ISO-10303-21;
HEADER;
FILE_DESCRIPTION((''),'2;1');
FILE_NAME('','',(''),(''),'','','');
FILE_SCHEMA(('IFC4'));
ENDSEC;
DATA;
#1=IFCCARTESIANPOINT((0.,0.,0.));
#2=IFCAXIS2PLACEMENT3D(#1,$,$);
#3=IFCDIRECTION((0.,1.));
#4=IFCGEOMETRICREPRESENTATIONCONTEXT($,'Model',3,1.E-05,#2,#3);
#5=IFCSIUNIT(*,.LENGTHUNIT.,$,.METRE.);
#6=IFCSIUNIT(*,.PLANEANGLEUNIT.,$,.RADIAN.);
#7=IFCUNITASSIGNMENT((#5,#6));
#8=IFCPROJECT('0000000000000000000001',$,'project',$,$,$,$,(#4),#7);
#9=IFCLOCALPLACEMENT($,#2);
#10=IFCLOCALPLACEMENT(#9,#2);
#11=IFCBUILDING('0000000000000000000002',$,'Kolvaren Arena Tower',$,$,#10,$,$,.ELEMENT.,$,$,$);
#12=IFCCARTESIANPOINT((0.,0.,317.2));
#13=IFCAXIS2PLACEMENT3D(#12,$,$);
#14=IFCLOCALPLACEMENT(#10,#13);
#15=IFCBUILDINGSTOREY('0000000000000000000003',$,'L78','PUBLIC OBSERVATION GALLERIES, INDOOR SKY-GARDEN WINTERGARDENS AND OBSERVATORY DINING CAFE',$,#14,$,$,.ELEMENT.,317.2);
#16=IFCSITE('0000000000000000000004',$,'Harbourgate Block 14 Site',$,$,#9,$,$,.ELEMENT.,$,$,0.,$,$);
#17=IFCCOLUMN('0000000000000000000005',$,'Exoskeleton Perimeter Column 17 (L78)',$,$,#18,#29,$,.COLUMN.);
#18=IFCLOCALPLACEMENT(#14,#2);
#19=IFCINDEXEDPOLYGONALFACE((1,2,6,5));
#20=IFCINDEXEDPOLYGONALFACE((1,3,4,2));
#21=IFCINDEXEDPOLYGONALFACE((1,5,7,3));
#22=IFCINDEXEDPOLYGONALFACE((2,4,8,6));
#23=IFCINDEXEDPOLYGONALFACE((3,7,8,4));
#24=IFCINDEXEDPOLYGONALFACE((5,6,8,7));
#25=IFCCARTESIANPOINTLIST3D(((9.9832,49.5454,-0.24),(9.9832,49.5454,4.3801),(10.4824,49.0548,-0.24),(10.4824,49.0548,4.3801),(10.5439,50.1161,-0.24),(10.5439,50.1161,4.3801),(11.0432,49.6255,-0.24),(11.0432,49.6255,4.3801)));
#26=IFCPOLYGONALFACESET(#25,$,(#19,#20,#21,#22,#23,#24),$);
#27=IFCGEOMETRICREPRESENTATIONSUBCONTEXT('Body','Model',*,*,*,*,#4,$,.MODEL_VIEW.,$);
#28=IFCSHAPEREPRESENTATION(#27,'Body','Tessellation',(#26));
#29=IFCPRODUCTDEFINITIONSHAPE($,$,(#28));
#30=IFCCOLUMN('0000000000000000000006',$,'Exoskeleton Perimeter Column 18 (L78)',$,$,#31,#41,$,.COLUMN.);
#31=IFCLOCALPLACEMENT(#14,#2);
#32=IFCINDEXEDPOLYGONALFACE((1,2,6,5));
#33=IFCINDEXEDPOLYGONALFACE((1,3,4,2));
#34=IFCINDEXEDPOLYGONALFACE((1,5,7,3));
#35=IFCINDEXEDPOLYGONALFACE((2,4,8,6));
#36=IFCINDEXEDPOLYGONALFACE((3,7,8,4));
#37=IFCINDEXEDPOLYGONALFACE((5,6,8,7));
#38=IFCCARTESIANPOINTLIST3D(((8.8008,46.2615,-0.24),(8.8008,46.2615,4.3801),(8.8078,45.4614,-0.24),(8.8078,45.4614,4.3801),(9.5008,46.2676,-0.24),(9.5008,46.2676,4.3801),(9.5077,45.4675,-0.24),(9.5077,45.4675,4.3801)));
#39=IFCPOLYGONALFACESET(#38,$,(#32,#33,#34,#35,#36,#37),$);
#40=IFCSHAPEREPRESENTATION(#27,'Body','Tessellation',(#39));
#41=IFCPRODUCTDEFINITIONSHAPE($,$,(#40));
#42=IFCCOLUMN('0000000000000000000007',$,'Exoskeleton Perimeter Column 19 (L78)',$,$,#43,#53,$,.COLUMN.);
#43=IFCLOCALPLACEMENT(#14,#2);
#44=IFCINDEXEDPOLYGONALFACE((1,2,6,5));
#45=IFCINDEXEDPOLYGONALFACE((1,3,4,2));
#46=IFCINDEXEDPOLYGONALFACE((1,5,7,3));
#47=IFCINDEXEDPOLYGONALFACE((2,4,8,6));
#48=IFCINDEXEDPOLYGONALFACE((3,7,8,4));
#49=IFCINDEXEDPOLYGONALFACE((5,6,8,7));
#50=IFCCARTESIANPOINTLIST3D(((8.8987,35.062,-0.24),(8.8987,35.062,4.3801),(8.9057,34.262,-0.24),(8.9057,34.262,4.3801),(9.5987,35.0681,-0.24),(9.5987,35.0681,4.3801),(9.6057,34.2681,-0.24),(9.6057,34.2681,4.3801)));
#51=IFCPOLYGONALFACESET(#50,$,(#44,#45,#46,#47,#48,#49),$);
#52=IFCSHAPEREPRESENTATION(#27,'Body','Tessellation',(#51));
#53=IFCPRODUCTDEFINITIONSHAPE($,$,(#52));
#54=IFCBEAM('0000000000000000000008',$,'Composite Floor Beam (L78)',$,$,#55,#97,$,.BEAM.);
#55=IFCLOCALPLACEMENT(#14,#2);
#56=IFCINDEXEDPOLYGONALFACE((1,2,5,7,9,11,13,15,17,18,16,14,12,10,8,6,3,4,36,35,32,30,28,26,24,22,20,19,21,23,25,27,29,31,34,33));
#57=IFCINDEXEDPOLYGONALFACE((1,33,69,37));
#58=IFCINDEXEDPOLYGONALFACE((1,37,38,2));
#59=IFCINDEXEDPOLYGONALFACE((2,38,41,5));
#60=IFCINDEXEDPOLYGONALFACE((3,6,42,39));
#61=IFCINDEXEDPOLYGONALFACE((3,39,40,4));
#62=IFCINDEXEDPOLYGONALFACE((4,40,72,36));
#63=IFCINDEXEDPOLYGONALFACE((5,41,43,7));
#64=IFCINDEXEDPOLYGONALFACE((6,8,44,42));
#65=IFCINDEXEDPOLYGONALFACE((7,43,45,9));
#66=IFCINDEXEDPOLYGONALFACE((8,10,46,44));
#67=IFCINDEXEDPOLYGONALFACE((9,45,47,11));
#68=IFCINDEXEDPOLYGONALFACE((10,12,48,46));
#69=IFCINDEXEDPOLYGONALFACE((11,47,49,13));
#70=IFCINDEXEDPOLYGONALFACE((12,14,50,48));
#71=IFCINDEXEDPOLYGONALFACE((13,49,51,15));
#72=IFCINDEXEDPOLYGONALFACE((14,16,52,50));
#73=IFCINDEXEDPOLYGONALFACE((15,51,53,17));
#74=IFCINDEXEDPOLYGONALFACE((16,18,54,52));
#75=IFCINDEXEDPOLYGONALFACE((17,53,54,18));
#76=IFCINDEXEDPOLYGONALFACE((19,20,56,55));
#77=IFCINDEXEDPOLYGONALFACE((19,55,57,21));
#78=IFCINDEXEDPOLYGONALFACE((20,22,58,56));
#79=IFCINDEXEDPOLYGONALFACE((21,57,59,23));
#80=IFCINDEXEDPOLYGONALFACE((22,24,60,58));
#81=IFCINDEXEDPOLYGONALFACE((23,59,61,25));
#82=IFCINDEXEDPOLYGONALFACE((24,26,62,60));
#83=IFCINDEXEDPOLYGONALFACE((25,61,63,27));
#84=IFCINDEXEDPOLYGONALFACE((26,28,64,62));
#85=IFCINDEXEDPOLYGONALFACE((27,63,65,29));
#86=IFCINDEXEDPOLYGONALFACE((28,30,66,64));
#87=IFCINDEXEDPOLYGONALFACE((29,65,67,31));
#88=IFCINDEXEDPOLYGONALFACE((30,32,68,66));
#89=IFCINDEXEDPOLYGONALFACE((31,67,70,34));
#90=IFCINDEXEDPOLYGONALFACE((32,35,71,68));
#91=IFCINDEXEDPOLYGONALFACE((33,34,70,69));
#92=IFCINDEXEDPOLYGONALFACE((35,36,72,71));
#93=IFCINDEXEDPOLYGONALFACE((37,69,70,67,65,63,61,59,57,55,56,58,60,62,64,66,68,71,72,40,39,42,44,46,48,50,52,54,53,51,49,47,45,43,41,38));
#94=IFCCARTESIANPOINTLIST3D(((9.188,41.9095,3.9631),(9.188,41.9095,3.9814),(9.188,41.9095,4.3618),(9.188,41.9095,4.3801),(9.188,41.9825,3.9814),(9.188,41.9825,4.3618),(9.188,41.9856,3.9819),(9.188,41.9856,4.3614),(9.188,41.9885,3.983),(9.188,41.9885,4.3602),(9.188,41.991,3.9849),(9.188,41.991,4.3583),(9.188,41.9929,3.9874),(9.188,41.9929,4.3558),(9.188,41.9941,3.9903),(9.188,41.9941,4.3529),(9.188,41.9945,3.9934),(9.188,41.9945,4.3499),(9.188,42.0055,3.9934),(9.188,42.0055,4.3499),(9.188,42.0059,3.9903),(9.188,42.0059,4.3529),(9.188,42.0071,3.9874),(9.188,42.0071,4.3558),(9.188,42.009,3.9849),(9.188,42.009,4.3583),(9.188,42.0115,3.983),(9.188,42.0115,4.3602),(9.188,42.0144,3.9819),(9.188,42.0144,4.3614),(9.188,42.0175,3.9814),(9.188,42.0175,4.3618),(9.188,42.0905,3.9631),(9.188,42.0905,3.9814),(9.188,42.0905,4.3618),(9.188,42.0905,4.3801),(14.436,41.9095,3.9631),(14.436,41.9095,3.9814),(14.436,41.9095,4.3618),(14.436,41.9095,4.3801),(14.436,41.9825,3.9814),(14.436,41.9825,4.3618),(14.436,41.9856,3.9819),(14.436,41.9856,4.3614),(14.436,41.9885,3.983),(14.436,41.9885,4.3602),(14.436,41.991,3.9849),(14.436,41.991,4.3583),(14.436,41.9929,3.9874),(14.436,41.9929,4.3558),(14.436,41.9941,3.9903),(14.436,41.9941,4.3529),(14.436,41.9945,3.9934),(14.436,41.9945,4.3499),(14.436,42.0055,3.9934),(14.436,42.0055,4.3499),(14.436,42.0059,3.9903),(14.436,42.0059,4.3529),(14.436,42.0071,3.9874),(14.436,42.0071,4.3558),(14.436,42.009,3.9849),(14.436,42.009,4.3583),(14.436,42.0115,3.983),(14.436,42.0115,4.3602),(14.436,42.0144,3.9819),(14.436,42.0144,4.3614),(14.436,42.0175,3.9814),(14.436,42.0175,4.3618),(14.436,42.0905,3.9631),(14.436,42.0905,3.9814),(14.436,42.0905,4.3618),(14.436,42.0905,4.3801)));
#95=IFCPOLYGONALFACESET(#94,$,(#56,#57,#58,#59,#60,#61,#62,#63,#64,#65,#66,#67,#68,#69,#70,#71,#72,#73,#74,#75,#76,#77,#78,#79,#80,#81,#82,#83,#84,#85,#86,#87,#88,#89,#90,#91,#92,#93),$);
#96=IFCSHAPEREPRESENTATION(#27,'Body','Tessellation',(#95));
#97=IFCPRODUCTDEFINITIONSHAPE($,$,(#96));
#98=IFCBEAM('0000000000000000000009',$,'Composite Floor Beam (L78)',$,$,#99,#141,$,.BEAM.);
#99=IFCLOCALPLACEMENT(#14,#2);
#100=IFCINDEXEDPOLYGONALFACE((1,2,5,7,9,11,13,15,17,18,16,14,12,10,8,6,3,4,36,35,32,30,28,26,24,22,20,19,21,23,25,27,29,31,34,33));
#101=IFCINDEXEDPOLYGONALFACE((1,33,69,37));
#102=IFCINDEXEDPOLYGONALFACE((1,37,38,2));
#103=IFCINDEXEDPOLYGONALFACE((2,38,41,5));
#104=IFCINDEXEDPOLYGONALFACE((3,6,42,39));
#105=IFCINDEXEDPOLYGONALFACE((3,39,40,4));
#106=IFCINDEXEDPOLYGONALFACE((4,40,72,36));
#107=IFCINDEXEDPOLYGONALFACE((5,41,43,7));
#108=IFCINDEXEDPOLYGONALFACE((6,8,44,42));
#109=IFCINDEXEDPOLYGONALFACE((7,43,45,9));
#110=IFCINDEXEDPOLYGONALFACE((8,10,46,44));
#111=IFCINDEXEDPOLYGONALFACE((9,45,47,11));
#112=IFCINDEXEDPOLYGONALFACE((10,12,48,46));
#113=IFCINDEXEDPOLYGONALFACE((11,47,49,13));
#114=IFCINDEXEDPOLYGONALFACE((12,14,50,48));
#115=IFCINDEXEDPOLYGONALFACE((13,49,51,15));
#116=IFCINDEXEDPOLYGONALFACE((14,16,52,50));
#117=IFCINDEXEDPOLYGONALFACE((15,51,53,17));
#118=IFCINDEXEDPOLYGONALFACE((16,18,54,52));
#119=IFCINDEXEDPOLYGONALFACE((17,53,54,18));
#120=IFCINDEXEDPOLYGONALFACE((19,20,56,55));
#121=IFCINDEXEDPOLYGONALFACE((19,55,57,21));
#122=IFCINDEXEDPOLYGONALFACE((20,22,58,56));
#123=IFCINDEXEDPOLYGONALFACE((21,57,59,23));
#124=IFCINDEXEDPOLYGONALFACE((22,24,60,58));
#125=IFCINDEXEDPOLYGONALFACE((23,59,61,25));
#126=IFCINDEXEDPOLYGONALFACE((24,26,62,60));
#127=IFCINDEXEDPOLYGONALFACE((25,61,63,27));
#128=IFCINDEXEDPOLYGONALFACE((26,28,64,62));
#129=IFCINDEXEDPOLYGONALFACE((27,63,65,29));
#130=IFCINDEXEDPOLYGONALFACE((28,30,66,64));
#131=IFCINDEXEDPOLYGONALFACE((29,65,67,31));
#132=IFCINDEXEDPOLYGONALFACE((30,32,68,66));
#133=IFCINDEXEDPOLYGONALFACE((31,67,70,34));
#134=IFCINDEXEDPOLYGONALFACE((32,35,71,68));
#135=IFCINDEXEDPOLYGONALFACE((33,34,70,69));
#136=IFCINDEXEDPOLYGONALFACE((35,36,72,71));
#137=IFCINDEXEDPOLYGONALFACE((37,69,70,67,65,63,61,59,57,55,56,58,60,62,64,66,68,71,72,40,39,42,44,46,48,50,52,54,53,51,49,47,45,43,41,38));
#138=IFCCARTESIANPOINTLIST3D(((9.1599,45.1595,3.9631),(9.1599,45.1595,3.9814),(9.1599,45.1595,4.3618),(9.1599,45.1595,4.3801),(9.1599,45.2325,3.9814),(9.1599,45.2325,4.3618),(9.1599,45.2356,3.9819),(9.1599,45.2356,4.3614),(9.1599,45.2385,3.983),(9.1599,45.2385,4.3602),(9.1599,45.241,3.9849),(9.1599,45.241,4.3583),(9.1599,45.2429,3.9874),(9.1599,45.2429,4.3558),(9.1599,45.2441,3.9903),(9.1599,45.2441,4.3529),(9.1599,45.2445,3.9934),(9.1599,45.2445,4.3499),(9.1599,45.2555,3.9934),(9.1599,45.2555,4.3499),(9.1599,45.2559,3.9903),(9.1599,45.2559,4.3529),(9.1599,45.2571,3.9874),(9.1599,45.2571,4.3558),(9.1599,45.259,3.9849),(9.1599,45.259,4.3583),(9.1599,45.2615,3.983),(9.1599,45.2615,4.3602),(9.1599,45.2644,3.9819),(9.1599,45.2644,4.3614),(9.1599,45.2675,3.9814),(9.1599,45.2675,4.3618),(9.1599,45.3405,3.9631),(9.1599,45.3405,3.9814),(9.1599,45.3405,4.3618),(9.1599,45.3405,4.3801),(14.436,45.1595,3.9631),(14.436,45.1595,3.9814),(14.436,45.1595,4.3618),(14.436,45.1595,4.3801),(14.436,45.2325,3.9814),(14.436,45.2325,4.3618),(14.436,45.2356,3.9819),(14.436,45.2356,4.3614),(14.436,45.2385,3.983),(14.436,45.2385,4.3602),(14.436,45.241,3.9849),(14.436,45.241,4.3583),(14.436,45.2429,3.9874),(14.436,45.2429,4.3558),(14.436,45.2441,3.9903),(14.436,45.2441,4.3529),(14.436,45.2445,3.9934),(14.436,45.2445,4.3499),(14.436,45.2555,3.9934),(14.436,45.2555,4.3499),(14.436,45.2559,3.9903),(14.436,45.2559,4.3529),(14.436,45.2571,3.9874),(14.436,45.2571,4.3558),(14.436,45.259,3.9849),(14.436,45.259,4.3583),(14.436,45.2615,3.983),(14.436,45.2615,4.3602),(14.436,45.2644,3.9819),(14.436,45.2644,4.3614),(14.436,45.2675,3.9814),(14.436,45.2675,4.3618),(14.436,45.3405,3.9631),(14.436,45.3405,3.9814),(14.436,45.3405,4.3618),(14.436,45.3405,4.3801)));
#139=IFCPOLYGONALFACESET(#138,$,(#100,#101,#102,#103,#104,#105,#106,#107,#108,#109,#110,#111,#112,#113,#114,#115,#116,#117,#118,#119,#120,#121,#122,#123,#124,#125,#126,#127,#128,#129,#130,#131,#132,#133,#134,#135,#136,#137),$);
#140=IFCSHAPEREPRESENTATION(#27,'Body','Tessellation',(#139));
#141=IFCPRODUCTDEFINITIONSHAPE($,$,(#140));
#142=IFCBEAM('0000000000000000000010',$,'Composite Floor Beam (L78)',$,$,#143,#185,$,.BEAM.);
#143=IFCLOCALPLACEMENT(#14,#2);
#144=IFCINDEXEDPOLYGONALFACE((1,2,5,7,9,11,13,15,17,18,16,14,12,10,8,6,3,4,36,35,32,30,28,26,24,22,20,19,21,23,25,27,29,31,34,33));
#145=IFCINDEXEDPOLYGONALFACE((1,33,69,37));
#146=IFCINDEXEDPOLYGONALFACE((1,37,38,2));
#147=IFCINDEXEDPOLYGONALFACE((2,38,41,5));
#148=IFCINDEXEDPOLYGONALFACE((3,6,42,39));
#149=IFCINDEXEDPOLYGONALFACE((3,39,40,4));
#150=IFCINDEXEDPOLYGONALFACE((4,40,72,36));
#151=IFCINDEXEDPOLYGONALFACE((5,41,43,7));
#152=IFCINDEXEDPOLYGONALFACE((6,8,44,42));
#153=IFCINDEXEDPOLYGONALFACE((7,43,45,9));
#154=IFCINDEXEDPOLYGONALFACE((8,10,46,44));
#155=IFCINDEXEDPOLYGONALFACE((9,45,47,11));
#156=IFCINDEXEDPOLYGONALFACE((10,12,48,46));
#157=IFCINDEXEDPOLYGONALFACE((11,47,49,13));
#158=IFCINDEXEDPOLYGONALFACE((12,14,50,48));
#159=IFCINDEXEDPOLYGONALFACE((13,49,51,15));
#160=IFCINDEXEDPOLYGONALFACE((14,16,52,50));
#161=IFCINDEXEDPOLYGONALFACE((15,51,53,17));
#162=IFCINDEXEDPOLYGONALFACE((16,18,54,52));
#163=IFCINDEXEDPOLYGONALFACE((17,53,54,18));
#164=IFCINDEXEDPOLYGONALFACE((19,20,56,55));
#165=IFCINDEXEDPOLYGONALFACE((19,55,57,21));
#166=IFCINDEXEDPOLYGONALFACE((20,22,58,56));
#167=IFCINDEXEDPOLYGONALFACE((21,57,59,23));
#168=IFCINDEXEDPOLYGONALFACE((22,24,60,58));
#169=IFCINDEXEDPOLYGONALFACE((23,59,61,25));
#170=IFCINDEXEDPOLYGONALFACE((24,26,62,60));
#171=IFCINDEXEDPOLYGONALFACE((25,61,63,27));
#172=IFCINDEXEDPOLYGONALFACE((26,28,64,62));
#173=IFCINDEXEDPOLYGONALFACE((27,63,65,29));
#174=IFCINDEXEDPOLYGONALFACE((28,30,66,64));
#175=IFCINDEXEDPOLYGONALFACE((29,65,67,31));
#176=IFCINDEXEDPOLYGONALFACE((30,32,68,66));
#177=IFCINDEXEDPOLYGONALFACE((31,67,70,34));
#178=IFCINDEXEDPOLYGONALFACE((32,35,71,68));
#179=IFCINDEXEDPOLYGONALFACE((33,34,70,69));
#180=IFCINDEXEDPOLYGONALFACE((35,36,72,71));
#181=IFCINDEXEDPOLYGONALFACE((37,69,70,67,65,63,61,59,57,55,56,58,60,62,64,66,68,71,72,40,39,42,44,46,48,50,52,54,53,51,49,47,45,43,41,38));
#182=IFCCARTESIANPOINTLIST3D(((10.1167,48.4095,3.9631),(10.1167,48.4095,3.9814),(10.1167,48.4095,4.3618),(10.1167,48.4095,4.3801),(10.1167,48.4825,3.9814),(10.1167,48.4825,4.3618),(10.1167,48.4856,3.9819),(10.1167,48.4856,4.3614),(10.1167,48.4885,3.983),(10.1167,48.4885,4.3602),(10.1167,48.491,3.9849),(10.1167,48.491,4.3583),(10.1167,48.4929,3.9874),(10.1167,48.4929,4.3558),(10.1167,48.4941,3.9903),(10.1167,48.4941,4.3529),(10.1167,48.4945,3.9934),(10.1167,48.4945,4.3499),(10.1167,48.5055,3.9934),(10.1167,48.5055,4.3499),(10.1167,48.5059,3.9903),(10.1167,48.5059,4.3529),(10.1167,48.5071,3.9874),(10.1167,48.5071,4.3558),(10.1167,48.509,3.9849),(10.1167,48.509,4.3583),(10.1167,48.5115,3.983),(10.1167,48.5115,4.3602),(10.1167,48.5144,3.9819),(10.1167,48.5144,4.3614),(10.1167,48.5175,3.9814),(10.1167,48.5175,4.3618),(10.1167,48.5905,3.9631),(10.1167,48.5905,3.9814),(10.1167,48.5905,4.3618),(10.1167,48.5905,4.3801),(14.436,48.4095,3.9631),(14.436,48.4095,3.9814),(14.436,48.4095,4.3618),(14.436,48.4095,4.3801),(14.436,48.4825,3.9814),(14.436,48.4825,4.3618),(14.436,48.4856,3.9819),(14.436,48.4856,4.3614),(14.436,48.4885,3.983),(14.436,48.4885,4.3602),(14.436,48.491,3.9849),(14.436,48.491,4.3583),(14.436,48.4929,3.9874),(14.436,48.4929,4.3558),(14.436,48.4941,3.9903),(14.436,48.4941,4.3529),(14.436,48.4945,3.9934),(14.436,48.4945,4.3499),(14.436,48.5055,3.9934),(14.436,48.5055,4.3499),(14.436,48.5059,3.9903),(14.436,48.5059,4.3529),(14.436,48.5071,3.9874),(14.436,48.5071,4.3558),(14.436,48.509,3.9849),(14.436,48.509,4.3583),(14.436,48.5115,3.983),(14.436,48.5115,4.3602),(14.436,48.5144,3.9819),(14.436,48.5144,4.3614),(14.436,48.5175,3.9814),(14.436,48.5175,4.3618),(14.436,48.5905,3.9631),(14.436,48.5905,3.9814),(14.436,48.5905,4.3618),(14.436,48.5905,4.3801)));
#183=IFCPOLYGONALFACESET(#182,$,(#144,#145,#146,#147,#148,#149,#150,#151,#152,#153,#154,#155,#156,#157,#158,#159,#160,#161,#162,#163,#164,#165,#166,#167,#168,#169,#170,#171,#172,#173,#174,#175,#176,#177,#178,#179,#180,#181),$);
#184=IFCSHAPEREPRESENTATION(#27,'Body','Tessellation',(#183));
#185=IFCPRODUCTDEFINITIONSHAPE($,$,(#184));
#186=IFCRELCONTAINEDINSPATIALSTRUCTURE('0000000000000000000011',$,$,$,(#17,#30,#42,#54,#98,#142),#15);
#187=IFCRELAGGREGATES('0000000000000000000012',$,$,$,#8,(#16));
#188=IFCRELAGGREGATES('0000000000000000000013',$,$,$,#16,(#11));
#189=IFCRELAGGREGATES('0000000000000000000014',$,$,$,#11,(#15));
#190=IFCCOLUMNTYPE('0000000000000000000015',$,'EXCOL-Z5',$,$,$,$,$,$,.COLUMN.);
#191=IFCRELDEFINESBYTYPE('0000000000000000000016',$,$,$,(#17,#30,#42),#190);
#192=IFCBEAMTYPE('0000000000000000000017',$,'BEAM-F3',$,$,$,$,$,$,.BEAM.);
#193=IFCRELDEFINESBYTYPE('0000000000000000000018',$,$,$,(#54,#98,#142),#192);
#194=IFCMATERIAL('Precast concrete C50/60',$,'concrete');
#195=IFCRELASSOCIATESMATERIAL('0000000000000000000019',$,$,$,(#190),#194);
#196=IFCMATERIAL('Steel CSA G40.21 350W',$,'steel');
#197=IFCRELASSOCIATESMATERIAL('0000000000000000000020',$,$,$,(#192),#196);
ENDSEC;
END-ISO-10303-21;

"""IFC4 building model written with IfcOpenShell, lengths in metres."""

from ifc_helpers import new_model, si_unit, direction, frame, origin, origin_2d, place, context, subcontext, project, spatial, rectangle, i_section, extrude, material, material_profile, profile_set, type_object, element, save


model = new_model("IFC4")

# Units and contexts
model_context = context("Model", 3, precision=1e-05, world=origin(), true_north=direction((0.0, 1.0)))
body_context = subcontext(model_context, "Body", "Model", "MODEL_VIEW")
ifc_project = project(units=[si_unit("LENGTHUNIT", "METRE"), si_unit("PLANEANGLEUNIT", "RADIAN")], contexts=[model_context])

# Site, building, storey
site_placement = place(None, origin())
site = spatial("IfcSite", under=ifc_project, at=site_placement, Name="Harbourgate Block 14 Site", CompositionType="ELEMENT", RefElevation=0.0)
building_placement = place(site_placement, origin())
building = spatial("IfcBuilding", under=site, at=building_placement, Name="Kolvaren Arena Tower", CompositionType="ELEMENT")
storey_placement = place(building_placement, frame((0.0, 0.0, 317.2)))
storey = spatial("IfcBuildingStorey", under=building, at=storey_placement, Name="L78", Description="PUBLIC OBSERVATION GALLERIES, INDOOR SKY-GARDEN WINTERGARDENS AND OBSERVATORY DINING CAFE", CompositionType="ELEMENT", Elevation=317.2)

# Columns
ifc_material_1 = material(Name="Precast concrete C50/60", Category="concrete")
ifc_material_profile_1 = material_profile(ifc_material_1, rectangle(XDim=0.8, YDim=0.7, at=origin_2d()), Name="RC-800x700")
ifc_profile_set_1 = profile_set([ifc_material_profile_1], Name="Precast concrete C50/60")
column_type = type_object("IfcColumnType", Name="EXCOL-Z5", PredefinedType="COLUMN", material=ifc_profile_set_1)
for number, where, z_axis, x_axis, name in (
    (1, (10.5132, 49.5854, -0.24), (0.0, 0.0, 1.0), (0.700909, 0.71325, 0.0), "Exoskeleton Perimeter Column 17 (L78)"),
    (2, (9.1543, 45.8645, -0.24), (0.0, 0.0, 1.0), (-0.008727, 0.999962, 0.0), "Exoskeleton Perimeter Column 18 (L78)"),
    (3, (9.2522, 34.665, -0.24), (0.0, 0.0, 1.0), (-0.008727, 0.999962, 0.0), "Exoskeleton Perimeter Column 19 (L78)"),
):
    element("IfcColumn", number, at=place(storey_placement, frame(where, z_axis=z_axis, x_axis=x_axis)), inside=storey, type_object=column_type, Name=name, PredefinedType="COLUMN", context=body_context, shape_type="SweptSolid", body=[
        extrude(rectangle(XDim=0.8, YDim=0.7, at=origin_2d()), origin(), (0.0, 0.0, 1.0), 4.6201),
    ])

# Beams
ifc_material_2 = material(Name="Steel CSA G40.21 350W", Category="steel")
ifc_material_profile_2 = material_profile(ifc_material_2, i_section(OverallWidth=0.1809, OverallDepth=0.417, WebThickness=0.011, FlangeThickness=0.0183, FilletRadius=0.012, at=origin_2d()), Name="W410x85")
ifc_profile_set_2 = profile_set([ifc_material_profile_2], Name="Steel CSA G40.21 350W")
beam_type_1 = type_object("IfcBeamType", Name="BEAM-F3", PredefinedType="BEAM", material=ifc_profile_set_2)
beam_1_placement = place(storey_placement, frame((9.188, 42.0, 4.1716), z_axis=(1.0, 0.0, 0.0), x_axis=(0.0, 1.0, 0.0)))
element("IfcBeam", 4, at=beam_1_placement, inside=storey, type_object=beam_type_1, Name="Composite Floor Beam (L78)", PredefinedType="BEAM", context=body_context, shape_type="SweptSolid", body=[
    extrude(i_section(OverallWidth=0.1809, OverallDepth=0.417, WebThickness=0.011, FlangeThickness=0.0183, FilletRadius=0.012, at=origin_2d()), origin(), (0.0, 0.0, 1.0), 5.248),
])
beam_2_placement = place(storey_placement, frame((9.1599, 45.25, 4.1716), z_axis=(1.0, 0.0, 0.0), x_axis=(0.0, 1.0, 0.0)))
element("IfcBeam", 5, at=beam_2_placement, inside=storey, type_object=beam_type_1, Name="Composite Floor Beam (L78)", PredefinedType="BEAM", context=body_context, shape_type="SweptSolid", body=[
    extrude(i_section(OverallWidth=0.1809, OverallDepth=0.417, WebThickness=0.011, FlangeThickness=0.0183, FilletRadius=0.012, at=origin_2d()), origin(), (0.0, 0.0, 1.0), 5.2761),
])
beam_3_placement = place(storey_placement, frame((10.1167, 48.5, 4.1716), z_axis=(1.0, 0.0, 0.0), x_axis=(0.0, 1.0, 0.0)))
element("IfcBeam", 6, at=beam_3_placement, inside=storey, type_object=beam_type_1, Name="Composite Floor Beam (L78)", PredefinedType="BEAM", context=body_context, shape_type="SweptSolid", body=[
    extrude(i_section(OverallWidth=0.1809, OverallDepth=0.417, WebThickness=0.011, FlangeThickness=0.0183, FilletRadius=0.012, at=origin_2d()), origin(), (0.0, 0.0, 1.0), 4.3193),
])

save(model, "model.ifc")
